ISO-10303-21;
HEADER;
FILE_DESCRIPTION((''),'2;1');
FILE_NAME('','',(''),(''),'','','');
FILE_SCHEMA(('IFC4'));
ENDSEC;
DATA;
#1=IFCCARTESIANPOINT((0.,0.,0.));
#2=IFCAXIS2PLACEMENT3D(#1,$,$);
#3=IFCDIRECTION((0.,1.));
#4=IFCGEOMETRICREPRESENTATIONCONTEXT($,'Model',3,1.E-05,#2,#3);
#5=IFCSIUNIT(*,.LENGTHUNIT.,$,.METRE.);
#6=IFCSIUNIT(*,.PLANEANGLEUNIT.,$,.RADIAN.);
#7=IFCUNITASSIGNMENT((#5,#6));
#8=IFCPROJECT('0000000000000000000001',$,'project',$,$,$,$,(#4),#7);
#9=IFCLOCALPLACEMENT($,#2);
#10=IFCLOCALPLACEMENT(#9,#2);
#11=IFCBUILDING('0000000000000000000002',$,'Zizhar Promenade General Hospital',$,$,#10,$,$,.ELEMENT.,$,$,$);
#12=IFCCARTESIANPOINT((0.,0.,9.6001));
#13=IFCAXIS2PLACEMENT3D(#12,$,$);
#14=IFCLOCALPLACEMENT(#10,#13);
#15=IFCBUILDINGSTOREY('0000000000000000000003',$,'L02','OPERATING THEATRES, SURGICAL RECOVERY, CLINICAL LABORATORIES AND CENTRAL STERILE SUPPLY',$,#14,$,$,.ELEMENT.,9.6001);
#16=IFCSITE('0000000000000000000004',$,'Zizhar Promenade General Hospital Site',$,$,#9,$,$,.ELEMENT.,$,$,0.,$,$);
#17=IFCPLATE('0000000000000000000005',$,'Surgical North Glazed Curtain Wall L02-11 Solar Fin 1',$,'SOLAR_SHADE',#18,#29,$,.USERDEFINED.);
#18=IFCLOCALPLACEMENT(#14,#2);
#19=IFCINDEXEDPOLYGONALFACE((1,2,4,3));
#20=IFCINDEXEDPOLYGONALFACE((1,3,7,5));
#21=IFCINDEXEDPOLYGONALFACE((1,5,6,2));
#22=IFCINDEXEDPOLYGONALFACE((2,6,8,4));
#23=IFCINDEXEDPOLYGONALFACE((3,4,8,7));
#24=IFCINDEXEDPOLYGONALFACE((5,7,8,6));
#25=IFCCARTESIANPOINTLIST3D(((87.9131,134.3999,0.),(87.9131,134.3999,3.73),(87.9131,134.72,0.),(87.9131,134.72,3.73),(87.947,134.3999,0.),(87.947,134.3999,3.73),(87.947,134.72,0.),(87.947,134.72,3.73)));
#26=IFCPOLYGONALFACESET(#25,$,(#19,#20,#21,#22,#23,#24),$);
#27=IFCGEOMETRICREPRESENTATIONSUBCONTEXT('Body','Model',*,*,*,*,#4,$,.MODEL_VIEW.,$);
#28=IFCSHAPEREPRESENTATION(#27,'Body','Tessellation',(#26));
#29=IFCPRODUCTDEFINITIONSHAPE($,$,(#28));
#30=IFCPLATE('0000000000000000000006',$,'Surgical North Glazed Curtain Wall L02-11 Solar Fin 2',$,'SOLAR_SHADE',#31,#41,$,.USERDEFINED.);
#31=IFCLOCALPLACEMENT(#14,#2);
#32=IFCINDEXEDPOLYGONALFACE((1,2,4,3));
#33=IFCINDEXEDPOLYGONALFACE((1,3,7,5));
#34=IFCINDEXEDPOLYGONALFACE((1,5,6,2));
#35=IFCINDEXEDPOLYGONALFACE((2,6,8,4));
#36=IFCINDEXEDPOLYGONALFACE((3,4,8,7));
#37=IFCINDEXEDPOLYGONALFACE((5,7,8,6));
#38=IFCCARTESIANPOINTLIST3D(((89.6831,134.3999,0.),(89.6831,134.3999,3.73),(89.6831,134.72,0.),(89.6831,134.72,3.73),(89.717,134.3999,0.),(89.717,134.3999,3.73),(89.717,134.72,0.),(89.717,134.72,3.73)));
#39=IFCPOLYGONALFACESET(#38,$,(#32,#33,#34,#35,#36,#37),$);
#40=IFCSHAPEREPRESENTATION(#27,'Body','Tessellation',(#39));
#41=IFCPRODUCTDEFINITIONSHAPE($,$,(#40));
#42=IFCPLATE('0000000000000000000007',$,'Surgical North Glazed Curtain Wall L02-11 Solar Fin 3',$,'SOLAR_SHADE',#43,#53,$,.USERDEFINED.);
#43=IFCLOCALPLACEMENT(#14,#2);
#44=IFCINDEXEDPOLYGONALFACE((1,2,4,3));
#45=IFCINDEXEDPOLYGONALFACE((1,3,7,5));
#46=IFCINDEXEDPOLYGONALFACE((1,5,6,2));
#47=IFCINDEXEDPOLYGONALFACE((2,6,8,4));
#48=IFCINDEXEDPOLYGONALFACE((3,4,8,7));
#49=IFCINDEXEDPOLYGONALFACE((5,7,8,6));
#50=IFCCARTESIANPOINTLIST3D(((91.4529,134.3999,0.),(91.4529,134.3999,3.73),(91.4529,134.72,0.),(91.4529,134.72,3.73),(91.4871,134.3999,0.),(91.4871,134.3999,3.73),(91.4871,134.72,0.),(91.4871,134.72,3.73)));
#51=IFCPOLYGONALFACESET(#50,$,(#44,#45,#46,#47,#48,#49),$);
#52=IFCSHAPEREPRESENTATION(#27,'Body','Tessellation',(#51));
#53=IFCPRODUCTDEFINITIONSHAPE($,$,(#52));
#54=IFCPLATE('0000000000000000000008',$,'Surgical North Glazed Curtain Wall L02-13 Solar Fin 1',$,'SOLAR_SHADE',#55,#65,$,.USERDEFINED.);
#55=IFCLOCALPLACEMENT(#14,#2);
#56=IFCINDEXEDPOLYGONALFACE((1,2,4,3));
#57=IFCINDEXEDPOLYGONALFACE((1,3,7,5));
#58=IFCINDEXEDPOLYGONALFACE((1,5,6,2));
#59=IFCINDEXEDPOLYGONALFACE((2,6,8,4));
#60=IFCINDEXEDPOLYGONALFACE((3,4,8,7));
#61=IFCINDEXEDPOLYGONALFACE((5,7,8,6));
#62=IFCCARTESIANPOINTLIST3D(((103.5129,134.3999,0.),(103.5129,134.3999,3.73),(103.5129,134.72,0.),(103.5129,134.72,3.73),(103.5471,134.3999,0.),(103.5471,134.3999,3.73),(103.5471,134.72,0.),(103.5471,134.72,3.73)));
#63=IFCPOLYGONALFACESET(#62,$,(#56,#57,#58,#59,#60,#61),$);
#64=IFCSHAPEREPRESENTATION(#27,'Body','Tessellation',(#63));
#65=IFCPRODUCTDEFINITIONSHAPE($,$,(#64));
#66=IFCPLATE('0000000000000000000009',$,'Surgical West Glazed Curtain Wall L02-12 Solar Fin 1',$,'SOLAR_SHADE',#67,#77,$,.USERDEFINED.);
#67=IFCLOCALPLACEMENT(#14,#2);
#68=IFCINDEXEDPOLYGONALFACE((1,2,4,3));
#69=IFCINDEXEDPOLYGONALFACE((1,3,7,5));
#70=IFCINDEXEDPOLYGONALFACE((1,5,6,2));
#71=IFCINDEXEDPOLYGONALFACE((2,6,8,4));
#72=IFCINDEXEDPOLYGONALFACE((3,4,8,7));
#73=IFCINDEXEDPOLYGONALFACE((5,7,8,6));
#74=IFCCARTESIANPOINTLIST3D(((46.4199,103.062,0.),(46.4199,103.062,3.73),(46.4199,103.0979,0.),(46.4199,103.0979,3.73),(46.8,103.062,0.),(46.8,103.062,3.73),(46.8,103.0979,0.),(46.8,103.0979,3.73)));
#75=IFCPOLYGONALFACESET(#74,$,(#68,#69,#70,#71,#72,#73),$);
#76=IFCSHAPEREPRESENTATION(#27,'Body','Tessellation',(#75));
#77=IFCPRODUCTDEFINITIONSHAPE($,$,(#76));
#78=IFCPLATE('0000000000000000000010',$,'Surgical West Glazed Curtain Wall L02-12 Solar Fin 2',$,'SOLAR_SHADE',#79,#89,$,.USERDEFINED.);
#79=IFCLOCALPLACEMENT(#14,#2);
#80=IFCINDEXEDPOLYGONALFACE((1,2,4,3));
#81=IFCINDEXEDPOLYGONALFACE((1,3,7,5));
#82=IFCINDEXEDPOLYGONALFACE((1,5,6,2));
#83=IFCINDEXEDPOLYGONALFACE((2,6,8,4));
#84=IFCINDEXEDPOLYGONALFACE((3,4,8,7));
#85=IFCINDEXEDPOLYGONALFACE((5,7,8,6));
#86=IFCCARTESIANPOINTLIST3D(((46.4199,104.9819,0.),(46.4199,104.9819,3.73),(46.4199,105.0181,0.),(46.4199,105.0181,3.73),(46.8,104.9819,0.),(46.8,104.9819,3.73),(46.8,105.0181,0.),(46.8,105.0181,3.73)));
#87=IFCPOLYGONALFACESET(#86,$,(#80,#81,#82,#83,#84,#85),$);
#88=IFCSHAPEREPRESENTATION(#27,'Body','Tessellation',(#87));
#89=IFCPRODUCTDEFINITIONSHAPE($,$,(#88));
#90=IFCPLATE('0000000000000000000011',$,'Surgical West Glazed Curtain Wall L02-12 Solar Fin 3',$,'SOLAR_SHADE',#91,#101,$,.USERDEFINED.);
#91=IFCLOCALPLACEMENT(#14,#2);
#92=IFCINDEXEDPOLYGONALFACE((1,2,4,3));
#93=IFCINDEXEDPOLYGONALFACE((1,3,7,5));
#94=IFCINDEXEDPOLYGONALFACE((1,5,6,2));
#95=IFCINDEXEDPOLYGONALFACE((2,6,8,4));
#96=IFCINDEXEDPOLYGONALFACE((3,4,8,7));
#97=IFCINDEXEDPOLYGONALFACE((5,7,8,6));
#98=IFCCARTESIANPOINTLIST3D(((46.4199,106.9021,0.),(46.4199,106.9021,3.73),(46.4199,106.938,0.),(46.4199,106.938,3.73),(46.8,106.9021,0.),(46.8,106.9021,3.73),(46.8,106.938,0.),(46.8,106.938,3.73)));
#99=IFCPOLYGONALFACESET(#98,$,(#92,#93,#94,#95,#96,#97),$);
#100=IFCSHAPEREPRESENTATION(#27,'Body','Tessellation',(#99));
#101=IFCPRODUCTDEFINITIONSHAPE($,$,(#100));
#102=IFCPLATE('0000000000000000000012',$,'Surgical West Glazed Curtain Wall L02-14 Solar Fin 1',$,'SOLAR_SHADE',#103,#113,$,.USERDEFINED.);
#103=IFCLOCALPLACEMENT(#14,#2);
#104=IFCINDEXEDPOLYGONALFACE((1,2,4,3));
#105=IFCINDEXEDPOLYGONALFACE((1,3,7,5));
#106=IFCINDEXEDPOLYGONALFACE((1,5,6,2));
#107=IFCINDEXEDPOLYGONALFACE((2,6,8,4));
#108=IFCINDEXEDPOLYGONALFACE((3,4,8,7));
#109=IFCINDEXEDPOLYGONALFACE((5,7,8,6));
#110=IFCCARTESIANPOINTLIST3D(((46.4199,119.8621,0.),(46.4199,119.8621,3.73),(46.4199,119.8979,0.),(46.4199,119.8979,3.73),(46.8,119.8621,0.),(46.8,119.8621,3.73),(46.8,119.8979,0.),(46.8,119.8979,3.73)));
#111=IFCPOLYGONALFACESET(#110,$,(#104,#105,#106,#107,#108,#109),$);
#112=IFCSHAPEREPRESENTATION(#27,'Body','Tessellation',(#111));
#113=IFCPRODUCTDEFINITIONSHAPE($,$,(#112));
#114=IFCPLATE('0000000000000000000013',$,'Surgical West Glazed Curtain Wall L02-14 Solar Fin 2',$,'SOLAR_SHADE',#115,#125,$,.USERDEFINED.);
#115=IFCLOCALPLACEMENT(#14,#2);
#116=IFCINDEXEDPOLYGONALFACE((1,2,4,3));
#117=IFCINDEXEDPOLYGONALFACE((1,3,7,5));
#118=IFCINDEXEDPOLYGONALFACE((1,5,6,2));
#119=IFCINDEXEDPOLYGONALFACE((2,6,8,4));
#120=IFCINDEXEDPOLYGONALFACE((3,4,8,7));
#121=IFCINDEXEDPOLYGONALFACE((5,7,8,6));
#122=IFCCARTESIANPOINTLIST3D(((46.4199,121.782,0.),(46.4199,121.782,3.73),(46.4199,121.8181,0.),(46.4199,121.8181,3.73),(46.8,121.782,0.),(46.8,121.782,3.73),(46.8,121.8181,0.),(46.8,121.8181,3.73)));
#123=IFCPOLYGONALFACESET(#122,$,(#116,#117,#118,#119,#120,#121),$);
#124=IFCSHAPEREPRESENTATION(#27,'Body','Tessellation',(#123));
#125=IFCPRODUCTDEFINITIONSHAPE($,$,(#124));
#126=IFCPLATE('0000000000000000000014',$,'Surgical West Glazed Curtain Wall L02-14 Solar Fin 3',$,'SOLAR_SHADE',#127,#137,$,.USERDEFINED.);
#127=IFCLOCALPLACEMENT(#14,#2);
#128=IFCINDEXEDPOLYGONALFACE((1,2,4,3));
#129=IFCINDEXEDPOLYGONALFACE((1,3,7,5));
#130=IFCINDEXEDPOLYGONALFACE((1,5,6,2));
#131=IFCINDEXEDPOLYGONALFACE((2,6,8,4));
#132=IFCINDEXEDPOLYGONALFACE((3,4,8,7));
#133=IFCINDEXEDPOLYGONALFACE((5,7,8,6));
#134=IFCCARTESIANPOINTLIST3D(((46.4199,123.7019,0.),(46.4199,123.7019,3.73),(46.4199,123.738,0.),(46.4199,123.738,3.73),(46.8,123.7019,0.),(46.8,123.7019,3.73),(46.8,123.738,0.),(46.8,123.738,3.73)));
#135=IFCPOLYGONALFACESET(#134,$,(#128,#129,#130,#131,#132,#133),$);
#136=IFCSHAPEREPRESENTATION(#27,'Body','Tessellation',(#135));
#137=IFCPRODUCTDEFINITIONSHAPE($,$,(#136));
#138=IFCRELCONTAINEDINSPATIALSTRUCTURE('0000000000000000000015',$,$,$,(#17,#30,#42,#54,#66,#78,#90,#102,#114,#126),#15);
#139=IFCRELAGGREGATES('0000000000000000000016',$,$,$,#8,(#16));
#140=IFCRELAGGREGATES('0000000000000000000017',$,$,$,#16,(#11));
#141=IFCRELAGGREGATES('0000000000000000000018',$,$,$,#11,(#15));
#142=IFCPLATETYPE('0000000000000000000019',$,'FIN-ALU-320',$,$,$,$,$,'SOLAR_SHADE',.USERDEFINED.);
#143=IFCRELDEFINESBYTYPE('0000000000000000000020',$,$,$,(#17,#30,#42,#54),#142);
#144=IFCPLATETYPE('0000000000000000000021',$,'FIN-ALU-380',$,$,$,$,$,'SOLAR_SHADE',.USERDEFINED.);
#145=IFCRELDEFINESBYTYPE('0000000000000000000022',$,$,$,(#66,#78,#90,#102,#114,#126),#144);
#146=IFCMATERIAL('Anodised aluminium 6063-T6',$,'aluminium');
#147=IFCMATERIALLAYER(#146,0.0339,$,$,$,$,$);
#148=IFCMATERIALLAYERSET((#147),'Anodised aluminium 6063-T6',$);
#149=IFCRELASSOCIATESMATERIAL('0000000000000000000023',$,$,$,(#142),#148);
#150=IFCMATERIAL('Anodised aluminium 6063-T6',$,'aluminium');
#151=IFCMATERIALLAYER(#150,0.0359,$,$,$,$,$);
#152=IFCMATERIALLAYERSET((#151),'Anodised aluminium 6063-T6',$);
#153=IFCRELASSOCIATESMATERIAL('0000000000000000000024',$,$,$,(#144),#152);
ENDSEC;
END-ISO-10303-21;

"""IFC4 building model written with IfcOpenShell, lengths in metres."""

from ifc_helpers import new_model, si_unit, direction, frame, origin, place, context, subcontext, project, spatial, polyline, outline, extrude, material, layer, layer_set, type_object, element, save


model = new_model("IFC4")

# Units and contexts
model_context = context("Model", 3, precision=1e-05, world=origin(), true_north=direction((0.0, 1.0)))
body_context = subcontext(model_context, "Body", "Model", "MODEL_VIEW")
ifc_project = project(units=[si_unit("LENGTHUNIT", "METRE"), si_unit("PLANEANGLEUNIT", "RADIAN")], contexts=[model_context])

# Site, building, storey
site_placement = place(None, origin())
site = spatial("IfcSite", under=ifc_project, at=site_placement, Name="Zizhar Promenade General Hospital Site", CompositionType="ELEMENT", RefElevation=0.0)
building_placement = place(site_placement, origin())
building = spatial("IfcBuilding", under=site, at=building_placement, Name="Zizhar Promenade General Hospital", CompositionType="ELEMENT")
storey_placement = place(building_placement, frame((0.0, 0.0, 9.6001)))
storey = spatial("IfcBuildingStorey", under=building, at=storey_placement, Name="L02", Description="OPERATING THEATRES, SURGICAL RECOVERY, CLINICAL LABORATORIES AND CENTRAL STERILE SUPPLY", CompositionType="ELEMENT", Elevation=9.6001)

# Plates
ifc_material_1 = material(Name="Anodised aluminium 6063-T6", Category="aluminium")
ifc_layer_1 = layer(ifc_material_1, 0.0339)
ifc_layer_set_1 = layer_set([ifc_layer_1], Name="Anodised aluminium 6063-T6")
plate_type_1 = type_object("IfcPlateType", Name="FIN-ALU-320", ElementType="SOLAR_SHADE", PredefinedType="USERDEFINED", material=ifc_layer_set_1)
plate_1_placement = place(storey_placement, origin())
element("IfcPlate", 1, at=plate_1_placement, inside=storey, type_object=plate_type_1, Name="Surgical North Glazed Curtain Wall L02-11 Solar Fin 1", ObjectType="SOLAR_SHADE", PredefinedType="USERDEFINED", context=body_context, shape_type="SweptSolid", body=[
    extrude(outline(polyline([(87.9131, 134.3999), (87.947, 134.3999), (87.947, 134.72), (87.9131, 134.72), (87.9131, 134.3999)])), origin(), (0.0, 0.0, 1.0), 3.73),
])
plate_2_placement = place(storey_placement, origin())
element("IfcPlate", 2, at=plate_2_placement, inside=storey, type_object=plate_type_1, Name="Surgical North Glazed Curtain Wall L02-11 Solar Fin 2", ObjectType="SOLAR_SHADE", PredefinedType="USERDEFINED", context=body_context, shape_type="SweptSolid", body=[
    extrude(outline(polyline([(89.6831, 134.3999), (89.717, 134.3999), (89.717, 134.72), (89.6831, 134.72), (89.6831, 134.3999)])), origin(), (0.0, 0.0, 1.0), 3.73),
])
plate_3_placement = place(storey_placement, origin())
element("IfcPlate", 3, at=plate_3_placement, inside=storey, type_object=plate_type_1, Name="Surgical North Glazed Curtain Wall L02-11 Solar Fin 3", ObjectType="SOLAR_SHADE", PredefinedType="USERDEFINED", context=body_context, shape_type="SweptSolid", body=[
    extrude(outline(polyline([(91.4529, 134.3999), (91.4871, 134.3999), (91.4871, 134.72), (91.4529, 134.72), (91.4529, 134.3999)])), origin(), (0.0, 0.0, 1.0), 3.73),
])
plate_4_placement = place(storey_placement, origin())
element("IfcPlate", 4, at=plate_4_placement, inside=storey, type_object=plate_type_1, Name="Surgical North Glazed Curtain Wall L02-13 Solar Fin 1", ObjectType="SOLAR_SHADE", PredefinedType="USERDEFINED", context=body_context, shape_type="SweptSolid", body=[
    extrude(outline(polyline([(103.5129, 134.3999), (103.5471, 134.3999), (103.5471, 134.72), (103.5129, 134.72), (103.5129, 134.3999)])), origin(), (0.0, 0.0, 1.0), 3.73),
])
ifc_material_2 = material(Name="Anodised aluminium 6063-T6", Category="aluminium")
ifc_layer_2 = layer(ifc_material_2, 0.0359)
ifc_layer_set_2 = layer_set([ifc_layer_2], Name="Anodised aluminium 6063-T6")
plate_type_2 = type_object("IfcPlateType", Name="FIN-ALU-380", ElementType="SOLAR_SHADE", PredefinedType="USERDEFINED", material=ifc_layer_set_2)
plate_5_placement = place(storey_placement, origin())
element("IfcPlate", 5, at=plate_5_placement, inside=storey, type_object=plate_type_2, Name="Surgical West Glazed Curtain Wall L02-12 Solar Fin 1", ObjectType="SOLAR_SHADE", PredefinedType="USERDEFINED", context=body_context, shape_type="SweptSolid", body=[
    extrude(outline(polyline([(46.8, 103.062), (46.8, 103.0979), (46.4199, 103.0979), (46.4199, 103.062), (46.8, 103.062)])), origin(), (0.0, 0.0, 1.0), 3.73),
])
plate_6_placement = place(storey_placement, origin())
element("IfcPlate", 6, at=plate_6_placement, inside=storey, type_object=plate_type_2, Name="Surgical West Glazed Curtain Wall L02-12 Solar Fin 2", ObjectType="SOLAR_SHADE", PredefinedType="USERDEFINED", context=body_context, shape_type="SweptSolid", body=[
    extrude(outline(polyline([(46.8, 104.9819), (46.8, 105.0181), (46.4199, 105.0181), (46.4199, 104.9819), (46.8, 104.9819)])), origin(), (0.0, 0.0, 1.0), 3.73),
])
plate_7_placement = place(storey_placement, origin())
element("IfcPlate", 7, at=plate_7_placement, inside=storey, type_object=plate_type_2, Name="Surgical West Glazed Curtain Wall L02-12 Solar Fin 3", ObjectType="SOLAR_SHADE", PredefinedType="USERDEFINED", context=body_context, shape_type="SweptSolid", body=[
    extrude(outline(polyline([(46.8, 106.9021), (46.8, 106.938), (46.4199, 106.938), (46.4199, 106.9021), (46.8, 106.9021)])), origin(), (0.0, 0.0, 1.0), 3.73),
])
plate_8_placement = place(storey_placement, origin())
element("IfcPlate", 8, at=plate_8_placement, inside=storey, type_object=plate_type_2, Name="Surgical West Glazed Curtain Wall L02-14 Solar Fin 1", ObjectType="SOLAR_SHADE", PredefinedType="USERDEFINED", context=body_context, shape_type="SweptSolid", body=[
    extrude(outline(polyline([(46.8, 119.8621), (46.8, 119.8979), (46.4199, 119.8979), (46.4199, 119.8621), (46.8, 119.8621)])), origin(), (0.0, 0.0, 1.0), 3.73),
])
plate_9_placement = place(storey_placement, origin())
element("IfcPlate", 9, at=plate_9_placement, inside=storey, type_object=plate_type_2, Name="Surgical West Glazed Curtain Wall L02-14 Solar Fin 2", ObjectType="SOLAR_SHADE", PredefinedType="USERDEFINED", context=body_context, shape_type="SweptSolid", body=[
    extrude(outline(polyline([(46.8, 121.782), (46.8, 121.8181), (46.4199, 121.8181), (46.4199, 121.782), (46.8, 121.782)])), origin(), (0.0, 0.0, 1.0), 3.73),
])
plate_10_placement = place(storey_placement, origin())
element("IfcPlate", 10, at=plate_10_placement, inside=storey, type_object=plate_type_2, Name="Surgical West Glazed Curtain Wall L02-14 Solar Fin 3", ObjectType="SOLAR_SHADE", PredefinedType="USERDEFINED", context=body_context, shape_type="SweptSolid", body=[
    extrude(outline(polyline([(46.8, 123.7019), (46.8, 123.738), (46.4199, 123.738), (46.4199, 123.7019), (46.8, 123.7019)])), origin(), (0.0, 0.0, 1.0), 3.73),
])

save(model, "model.ifc")
